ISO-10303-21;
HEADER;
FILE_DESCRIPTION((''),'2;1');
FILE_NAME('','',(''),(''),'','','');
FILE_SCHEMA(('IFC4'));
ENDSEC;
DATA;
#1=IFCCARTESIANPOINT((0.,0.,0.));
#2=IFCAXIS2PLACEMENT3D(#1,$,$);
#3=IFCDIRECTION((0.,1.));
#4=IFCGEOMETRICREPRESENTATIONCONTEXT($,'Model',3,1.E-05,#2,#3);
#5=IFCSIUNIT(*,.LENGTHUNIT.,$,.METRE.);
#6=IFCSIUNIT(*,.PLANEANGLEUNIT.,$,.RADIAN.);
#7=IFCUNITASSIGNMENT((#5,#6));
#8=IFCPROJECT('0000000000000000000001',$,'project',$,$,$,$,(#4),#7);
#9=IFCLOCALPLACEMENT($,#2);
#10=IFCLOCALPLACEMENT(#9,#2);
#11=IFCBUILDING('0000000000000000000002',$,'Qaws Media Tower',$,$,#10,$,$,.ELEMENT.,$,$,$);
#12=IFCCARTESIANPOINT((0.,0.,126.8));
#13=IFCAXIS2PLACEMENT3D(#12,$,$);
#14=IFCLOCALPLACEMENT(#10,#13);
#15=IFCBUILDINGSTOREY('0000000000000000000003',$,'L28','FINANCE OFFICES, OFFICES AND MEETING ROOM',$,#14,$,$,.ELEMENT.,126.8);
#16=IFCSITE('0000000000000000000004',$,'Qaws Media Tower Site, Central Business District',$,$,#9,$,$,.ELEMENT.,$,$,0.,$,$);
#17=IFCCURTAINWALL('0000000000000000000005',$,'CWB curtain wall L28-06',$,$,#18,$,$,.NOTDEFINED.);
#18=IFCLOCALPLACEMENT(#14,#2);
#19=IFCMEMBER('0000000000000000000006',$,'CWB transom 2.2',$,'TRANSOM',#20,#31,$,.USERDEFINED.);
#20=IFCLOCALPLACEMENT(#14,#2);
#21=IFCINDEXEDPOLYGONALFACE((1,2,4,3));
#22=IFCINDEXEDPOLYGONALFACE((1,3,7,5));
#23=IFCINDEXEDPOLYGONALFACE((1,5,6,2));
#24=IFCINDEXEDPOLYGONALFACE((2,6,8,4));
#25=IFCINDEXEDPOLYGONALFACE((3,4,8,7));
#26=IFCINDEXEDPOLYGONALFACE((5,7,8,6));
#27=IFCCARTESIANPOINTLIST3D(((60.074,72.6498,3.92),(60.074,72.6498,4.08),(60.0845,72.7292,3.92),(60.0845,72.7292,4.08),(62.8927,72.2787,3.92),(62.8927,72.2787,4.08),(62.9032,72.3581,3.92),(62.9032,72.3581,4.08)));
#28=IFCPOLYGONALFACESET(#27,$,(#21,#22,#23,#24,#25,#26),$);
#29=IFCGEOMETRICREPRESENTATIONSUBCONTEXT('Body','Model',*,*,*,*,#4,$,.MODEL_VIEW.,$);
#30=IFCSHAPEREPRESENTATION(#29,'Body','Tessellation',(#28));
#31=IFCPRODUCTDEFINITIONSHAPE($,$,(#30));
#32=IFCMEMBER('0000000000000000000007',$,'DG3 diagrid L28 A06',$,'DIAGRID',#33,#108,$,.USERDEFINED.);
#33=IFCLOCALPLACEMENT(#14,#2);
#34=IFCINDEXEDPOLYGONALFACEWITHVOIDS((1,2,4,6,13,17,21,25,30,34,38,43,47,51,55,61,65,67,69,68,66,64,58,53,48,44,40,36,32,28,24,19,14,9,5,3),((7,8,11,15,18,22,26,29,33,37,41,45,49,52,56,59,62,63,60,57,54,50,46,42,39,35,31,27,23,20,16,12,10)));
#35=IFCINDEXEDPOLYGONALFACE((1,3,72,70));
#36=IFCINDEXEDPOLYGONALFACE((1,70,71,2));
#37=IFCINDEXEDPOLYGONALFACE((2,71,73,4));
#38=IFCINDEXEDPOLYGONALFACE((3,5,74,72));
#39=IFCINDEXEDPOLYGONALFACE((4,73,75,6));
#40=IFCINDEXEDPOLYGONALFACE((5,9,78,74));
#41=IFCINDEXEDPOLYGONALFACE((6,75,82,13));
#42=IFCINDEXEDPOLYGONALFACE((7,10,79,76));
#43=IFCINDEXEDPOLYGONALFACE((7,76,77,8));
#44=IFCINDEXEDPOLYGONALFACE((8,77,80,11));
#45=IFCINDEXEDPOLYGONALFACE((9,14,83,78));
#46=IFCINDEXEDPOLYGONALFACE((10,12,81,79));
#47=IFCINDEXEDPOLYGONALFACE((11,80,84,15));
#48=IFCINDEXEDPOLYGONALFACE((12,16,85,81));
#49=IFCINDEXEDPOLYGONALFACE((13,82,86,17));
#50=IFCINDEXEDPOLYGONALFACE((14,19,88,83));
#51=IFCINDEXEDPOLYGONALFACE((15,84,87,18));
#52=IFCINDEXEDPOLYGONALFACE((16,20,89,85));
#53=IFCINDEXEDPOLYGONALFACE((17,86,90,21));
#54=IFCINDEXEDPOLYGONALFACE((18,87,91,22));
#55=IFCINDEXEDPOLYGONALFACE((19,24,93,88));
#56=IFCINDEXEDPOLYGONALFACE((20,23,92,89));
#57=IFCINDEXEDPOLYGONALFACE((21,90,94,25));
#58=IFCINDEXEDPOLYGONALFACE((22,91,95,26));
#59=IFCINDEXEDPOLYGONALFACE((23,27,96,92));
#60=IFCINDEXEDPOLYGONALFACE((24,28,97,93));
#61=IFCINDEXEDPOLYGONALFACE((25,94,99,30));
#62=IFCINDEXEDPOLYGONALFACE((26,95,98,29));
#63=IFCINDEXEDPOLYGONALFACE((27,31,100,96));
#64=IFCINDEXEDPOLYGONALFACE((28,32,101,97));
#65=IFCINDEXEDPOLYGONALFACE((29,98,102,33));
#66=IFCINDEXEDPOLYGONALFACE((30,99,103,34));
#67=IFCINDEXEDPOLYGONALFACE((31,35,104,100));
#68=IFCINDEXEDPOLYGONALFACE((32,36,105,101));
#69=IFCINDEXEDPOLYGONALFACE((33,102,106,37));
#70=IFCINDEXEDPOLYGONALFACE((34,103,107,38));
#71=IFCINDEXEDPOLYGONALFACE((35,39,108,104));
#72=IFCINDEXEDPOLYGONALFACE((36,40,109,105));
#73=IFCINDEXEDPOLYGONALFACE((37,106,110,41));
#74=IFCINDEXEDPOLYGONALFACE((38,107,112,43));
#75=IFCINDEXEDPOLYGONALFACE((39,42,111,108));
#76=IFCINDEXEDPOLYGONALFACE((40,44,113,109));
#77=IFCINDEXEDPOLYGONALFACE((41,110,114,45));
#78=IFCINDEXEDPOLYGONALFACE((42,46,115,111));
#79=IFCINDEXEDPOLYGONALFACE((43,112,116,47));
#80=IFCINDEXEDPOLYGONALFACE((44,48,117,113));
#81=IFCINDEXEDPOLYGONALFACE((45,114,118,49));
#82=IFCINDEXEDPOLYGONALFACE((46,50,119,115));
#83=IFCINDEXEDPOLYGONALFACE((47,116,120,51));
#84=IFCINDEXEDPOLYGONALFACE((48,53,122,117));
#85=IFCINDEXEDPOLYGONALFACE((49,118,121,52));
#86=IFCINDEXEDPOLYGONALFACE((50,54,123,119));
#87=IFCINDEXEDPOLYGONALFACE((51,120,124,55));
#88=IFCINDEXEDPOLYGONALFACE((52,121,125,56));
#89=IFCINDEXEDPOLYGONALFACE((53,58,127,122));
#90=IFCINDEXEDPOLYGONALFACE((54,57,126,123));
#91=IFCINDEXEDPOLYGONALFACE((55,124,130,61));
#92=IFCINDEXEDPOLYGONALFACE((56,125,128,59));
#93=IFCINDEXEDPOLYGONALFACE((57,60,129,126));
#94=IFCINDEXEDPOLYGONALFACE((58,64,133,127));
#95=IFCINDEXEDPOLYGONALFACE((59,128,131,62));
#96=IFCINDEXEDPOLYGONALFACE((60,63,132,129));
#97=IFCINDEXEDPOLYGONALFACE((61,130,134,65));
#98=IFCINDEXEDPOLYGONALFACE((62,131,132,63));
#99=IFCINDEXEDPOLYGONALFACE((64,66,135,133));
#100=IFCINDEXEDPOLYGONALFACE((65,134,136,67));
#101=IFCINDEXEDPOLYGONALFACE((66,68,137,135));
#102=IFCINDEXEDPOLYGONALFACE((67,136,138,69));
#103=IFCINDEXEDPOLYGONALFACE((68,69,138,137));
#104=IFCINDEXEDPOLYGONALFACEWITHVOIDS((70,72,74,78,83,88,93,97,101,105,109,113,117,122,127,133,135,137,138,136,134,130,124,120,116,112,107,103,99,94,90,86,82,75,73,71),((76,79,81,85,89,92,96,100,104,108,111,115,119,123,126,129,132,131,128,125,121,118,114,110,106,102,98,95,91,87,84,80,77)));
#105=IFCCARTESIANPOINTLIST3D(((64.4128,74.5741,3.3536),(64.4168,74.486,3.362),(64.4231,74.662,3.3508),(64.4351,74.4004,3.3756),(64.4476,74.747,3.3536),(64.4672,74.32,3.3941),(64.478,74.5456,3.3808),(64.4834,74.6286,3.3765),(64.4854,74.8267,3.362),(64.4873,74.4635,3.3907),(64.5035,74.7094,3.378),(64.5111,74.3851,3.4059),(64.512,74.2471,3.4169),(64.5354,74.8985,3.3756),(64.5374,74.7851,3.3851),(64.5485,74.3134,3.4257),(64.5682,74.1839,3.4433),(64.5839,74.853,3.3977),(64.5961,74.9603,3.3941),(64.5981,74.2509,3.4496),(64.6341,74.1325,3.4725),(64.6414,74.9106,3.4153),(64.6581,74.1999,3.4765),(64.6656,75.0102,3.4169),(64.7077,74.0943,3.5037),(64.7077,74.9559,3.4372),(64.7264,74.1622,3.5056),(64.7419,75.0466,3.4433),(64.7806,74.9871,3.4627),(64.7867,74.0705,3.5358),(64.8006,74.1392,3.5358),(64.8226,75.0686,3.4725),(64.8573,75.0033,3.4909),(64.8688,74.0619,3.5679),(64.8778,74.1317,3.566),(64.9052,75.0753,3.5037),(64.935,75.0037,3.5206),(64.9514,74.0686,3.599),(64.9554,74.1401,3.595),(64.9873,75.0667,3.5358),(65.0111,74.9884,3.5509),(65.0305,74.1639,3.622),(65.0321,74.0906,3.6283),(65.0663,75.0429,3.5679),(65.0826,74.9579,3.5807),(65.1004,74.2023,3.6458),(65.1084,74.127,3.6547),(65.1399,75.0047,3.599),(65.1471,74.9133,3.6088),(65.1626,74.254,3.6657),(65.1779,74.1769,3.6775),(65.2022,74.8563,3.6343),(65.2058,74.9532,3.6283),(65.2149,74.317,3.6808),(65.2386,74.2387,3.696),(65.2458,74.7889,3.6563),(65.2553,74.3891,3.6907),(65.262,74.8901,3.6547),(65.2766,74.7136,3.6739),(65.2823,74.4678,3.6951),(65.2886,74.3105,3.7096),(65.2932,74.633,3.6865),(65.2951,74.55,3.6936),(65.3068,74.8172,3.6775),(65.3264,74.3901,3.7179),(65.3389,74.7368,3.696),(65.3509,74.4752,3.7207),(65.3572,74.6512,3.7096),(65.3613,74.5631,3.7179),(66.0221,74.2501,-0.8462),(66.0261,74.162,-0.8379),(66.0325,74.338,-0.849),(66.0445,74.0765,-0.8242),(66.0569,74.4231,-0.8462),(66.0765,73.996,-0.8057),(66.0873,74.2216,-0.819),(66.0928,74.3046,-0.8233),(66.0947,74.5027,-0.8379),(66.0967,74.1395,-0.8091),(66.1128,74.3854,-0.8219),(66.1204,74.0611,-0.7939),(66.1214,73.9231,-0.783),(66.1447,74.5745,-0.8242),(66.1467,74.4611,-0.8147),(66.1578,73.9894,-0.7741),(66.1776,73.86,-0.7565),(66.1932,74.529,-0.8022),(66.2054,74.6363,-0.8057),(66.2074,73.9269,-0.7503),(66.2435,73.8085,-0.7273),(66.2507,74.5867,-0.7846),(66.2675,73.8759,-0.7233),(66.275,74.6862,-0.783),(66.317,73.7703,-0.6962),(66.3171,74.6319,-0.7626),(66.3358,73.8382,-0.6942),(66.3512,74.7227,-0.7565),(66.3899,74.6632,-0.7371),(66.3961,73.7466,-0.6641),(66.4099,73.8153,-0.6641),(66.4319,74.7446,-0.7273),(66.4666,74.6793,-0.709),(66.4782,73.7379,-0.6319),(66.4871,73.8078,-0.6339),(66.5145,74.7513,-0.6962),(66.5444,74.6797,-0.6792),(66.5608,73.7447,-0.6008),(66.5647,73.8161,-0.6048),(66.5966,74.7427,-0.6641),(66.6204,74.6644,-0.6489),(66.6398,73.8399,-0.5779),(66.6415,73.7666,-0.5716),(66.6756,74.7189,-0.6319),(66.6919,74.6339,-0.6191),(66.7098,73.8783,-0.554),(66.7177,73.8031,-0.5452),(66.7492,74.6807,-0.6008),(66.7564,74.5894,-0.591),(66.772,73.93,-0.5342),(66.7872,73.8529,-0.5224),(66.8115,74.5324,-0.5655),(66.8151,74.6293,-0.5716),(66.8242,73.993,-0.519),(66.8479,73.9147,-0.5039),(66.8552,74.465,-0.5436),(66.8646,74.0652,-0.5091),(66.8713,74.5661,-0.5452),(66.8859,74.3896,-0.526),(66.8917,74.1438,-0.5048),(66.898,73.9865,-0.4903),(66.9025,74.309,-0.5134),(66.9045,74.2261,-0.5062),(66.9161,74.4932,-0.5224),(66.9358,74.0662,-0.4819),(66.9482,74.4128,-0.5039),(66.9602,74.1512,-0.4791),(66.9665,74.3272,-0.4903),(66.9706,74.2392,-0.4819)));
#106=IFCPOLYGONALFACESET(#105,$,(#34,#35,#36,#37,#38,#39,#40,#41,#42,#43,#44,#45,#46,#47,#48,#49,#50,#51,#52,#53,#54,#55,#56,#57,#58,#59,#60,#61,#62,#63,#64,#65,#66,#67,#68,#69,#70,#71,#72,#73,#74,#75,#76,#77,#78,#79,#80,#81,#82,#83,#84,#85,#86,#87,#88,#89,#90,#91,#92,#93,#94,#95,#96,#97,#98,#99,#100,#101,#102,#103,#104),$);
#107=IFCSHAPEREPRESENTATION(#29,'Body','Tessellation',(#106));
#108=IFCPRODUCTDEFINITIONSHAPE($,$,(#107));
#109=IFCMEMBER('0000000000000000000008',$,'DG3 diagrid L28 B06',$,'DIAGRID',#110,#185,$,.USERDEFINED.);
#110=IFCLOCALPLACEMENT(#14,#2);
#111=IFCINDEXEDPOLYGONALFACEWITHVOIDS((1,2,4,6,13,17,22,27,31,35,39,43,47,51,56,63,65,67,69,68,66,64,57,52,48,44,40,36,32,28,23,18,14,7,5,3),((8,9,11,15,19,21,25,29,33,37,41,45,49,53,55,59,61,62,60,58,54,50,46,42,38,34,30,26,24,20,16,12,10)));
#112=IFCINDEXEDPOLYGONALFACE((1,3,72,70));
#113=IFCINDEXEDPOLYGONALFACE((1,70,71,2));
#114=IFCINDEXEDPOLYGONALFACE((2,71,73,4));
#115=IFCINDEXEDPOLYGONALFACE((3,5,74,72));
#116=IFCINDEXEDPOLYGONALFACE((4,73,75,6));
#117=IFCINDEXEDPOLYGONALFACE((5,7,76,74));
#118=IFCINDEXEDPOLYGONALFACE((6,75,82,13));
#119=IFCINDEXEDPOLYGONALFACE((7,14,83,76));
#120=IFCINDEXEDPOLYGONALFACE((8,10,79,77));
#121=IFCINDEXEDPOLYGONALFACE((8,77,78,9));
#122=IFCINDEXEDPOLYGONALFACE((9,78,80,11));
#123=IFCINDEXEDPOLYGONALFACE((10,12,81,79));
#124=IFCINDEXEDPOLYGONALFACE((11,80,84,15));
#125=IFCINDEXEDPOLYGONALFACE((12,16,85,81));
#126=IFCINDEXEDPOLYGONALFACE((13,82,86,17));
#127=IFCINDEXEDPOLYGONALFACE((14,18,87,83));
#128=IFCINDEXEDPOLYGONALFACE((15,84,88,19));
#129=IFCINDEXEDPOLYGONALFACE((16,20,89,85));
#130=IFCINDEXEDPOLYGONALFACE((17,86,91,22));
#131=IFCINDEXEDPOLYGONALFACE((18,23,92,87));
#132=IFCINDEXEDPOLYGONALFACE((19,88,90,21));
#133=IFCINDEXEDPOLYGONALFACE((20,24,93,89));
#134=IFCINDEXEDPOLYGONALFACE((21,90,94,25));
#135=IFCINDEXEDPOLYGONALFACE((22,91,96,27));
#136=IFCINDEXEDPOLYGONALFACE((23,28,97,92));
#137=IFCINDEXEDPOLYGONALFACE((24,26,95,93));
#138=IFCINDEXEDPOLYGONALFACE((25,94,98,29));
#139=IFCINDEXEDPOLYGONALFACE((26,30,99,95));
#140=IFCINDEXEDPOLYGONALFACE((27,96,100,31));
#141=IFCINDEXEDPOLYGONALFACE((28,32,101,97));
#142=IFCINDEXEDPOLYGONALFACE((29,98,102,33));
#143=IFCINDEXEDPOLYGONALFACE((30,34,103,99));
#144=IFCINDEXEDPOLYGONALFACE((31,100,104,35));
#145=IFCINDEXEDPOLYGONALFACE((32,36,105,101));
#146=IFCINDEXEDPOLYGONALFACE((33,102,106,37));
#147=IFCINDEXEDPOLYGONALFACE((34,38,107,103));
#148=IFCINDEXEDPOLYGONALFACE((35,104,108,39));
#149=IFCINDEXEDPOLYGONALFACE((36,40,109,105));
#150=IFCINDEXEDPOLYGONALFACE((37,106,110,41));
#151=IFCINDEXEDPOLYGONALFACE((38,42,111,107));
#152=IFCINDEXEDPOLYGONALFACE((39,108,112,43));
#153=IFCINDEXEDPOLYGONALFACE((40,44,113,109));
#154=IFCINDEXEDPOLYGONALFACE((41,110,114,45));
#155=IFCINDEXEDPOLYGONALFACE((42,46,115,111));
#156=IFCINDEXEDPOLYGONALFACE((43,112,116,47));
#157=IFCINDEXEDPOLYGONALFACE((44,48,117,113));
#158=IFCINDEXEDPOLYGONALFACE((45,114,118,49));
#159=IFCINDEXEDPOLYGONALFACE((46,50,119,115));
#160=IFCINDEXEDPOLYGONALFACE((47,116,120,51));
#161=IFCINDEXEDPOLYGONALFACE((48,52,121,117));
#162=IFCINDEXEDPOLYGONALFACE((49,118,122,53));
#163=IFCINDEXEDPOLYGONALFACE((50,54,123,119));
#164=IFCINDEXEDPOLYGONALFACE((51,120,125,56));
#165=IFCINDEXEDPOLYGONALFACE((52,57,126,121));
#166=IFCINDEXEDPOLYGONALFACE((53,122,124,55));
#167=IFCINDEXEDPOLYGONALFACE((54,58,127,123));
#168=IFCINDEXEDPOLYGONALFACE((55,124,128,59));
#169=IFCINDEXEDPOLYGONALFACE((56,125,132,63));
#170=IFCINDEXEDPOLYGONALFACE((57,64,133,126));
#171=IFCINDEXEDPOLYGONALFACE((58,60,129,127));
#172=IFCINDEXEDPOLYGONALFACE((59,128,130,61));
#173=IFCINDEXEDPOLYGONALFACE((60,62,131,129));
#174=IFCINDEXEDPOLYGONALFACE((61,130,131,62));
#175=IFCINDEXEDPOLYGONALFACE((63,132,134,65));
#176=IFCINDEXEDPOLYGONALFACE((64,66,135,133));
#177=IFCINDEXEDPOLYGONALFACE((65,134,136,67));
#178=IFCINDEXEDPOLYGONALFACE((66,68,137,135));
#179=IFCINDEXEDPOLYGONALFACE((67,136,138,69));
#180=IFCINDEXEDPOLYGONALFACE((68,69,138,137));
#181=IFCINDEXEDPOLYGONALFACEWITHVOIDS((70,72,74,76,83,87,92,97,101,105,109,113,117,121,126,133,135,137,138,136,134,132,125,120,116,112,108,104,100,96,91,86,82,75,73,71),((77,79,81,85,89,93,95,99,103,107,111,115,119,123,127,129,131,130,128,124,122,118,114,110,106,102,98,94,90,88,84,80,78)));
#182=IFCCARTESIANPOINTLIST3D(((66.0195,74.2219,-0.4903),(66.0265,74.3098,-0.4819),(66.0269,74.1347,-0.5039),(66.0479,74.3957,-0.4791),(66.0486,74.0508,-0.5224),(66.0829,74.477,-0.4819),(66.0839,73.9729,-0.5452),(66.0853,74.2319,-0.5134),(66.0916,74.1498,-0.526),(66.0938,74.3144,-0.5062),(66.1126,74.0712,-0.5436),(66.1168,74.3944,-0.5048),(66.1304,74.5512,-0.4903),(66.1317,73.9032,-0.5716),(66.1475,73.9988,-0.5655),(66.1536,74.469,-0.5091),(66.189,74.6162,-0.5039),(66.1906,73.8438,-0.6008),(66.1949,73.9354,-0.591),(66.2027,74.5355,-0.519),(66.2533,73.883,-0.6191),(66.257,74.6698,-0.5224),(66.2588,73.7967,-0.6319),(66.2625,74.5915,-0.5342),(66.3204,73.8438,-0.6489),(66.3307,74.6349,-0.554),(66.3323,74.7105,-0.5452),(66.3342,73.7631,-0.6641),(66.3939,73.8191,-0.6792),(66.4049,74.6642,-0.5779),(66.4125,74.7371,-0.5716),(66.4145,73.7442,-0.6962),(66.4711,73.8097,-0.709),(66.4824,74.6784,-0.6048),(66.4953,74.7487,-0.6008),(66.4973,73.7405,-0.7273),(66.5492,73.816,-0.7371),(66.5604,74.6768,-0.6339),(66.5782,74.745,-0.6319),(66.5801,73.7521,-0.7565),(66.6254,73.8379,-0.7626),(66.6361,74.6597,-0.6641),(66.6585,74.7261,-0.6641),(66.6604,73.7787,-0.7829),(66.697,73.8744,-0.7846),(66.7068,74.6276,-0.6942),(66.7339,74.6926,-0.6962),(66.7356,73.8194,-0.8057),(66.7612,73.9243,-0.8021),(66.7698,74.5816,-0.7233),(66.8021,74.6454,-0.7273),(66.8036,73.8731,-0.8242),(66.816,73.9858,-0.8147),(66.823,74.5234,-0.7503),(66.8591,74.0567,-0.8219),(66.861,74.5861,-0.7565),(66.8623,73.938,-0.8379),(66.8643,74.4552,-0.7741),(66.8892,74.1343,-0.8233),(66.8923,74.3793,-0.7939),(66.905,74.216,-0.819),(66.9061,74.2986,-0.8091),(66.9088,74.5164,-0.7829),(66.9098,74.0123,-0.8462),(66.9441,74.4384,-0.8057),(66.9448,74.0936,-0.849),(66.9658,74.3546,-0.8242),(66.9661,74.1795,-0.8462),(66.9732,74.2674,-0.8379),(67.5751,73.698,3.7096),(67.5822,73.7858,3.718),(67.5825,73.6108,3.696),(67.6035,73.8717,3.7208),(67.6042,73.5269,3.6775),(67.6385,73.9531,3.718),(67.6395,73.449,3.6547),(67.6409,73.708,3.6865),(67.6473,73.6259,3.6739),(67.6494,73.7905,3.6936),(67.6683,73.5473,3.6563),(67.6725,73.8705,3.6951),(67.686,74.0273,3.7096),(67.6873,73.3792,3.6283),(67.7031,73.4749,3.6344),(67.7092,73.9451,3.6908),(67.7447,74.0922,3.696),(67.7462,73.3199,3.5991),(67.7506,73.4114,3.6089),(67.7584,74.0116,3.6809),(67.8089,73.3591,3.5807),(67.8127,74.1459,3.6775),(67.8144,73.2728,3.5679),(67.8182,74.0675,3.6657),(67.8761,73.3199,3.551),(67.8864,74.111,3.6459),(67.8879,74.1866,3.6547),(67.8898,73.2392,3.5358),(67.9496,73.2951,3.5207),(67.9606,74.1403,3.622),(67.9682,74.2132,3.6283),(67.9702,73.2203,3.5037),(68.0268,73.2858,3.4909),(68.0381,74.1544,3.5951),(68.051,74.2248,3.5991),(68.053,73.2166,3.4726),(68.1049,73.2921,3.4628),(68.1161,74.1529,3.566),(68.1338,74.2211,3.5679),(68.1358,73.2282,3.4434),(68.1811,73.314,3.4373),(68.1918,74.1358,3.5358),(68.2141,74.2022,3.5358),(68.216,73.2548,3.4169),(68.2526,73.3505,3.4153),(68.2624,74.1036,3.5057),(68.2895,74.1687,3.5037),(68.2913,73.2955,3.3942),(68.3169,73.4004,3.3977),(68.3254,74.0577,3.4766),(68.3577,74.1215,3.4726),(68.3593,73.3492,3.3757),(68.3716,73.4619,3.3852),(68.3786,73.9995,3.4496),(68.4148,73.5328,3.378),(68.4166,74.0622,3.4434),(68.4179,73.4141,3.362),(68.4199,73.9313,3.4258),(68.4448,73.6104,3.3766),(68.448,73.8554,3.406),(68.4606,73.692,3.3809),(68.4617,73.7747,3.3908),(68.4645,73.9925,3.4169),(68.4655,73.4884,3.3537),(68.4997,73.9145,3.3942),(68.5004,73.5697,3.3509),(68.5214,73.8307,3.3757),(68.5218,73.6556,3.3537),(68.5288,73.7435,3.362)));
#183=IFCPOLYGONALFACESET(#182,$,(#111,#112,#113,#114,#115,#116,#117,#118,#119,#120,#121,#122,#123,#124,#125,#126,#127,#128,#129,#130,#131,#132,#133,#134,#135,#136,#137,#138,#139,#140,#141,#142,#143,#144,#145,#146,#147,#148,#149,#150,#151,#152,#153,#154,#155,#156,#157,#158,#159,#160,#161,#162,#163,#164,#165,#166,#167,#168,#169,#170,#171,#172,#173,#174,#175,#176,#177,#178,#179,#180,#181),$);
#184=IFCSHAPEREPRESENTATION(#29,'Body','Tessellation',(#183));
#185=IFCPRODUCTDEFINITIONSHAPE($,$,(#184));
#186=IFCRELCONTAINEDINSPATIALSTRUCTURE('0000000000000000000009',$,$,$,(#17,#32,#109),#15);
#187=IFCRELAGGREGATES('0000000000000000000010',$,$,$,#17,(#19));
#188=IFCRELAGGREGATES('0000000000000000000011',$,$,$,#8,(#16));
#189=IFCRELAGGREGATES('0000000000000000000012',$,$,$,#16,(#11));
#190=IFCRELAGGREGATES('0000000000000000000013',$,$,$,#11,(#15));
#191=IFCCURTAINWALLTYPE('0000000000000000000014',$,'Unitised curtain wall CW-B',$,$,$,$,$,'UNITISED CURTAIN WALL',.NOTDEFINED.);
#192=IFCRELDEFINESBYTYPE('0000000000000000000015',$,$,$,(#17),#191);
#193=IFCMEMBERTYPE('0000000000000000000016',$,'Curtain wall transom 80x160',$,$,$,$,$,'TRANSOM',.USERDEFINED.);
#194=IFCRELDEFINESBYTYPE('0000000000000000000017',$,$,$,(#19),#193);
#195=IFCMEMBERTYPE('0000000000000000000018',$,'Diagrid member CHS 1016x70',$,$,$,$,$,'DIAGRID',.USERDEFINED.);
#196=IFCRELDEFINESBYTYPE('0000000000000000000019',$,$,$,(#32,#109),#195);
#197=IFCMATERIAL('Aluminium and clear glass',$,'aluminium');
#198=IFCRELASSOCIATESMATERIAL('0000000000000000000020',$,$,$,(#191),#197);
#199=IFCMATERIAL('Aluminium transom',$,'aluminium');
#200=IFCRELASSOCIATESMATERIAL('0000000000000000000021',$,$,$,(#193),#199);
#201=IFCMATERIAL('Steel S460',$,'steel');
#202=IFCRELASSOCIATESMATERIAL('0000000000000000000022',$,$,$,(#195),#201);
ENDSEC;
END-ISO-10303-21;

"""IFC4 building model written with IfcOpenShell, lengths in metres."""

from ifc_helpers import new_model, si_unit, direction, frame, origin, origin_2d, place, context, subcontext, project, spatial, rectangle, hollow_circle, extrude, material, material_profile, profile_set, type_object, element, aggregate, save


model = new_model("IFC4")

# Units and contexts
model_context = context("Model", 3, precision=1e-05, world=origin(), true_north=direction((0.0, 1.0)))
body_context = subcontext(model_context, "Body", "Model", "MODEL_VIEW")
ifc_project = project(units=[si_unit("LENGTHUNIT", "METRE"), si_unit("PLANEANGLEUNIT", "RADIAN")], contexts=[model_context])

# Site, building, storey
site_placement = place(None, origin())
site = spatial("IfcSite", under=ifc_project, at=site_placement, Name="Qaws Media Tower Site, Central Business District", CompositionType="ELEMENT", RefElevation=0.0)
building_placement = place(site_placement, origin())
building = spatial("IfcBuilding", under=site, at=building_placement, Name="Qaws Media Tower", CompositionType="ELEMENT")
storey_placement = place(building_placement, frame((0.0, 0.0, 126.8)))
storey = spatial("IfcBuildingStorey", under=building, at=storey_placement, Name="L28", Description="FINANCE OFFICES, OFFICES AND MEETING ROOM", CompositionType="ELEMENT", Elevation=126.8)

# Shared definitions
ifc_material_1 = material(Name="Aluminium and clear glass", Category="aluminium")
curtain_wall_type = type_object("IfcCurtainWallType", Name="Unitised curtain wall CW-B", ElementType="UNITISED CURTAIN WALL", PredefinedType="NOTDEFINED", material=ifc_material_1)

# Curtain wall
curtain_wall_1_placement = place(storey_placement, origin())
curtain_wall_1 = element("IfcCurtainWall", 1, at=curtain_wall_1_placement, inside=storey, type_object=curtain_wall_type, Name="CWB curtain wall L28-06", PredefinedType="NOTDEFINED")

# Member
ifc_material_2 = material(Name="Aluminium transom", Category="aluminium")
ifc_material_profile_1 = material_profile(ifc_material_2, rectangle(XDim=0.0801, YDim=0.1599, at=origin_2d()), Name="80x160")
ifc_profile_set_1 = profile_set([ifc_material_profile_1], Name="Aluminium transom")
member_type_1 = type_object("IfcMemberType", Name="Curtain wall transom 80x160", ElementType="TRANSOM", PredefinedType="USERDEFINED", material=ifc_profile_set_1)
member_1_placement = place(storey_placement, frame((62.8979, 72.3184, 4.0), z_axis=(-0.991444, 0.130532, 0.0), x_axis=(-0.130532, -0.991444, 0.0)))
member_1 = element("IfcMember", 2, at=member_1_placement, type_object=member_type_1, Name="CWB transom 2.2", ObjectType="TRANSOM", PredefinedType="USERDEFINED", context=body_context, shape_type="SweptSolid", body=[
    extrude(rectangle(XDim=0.0801, YDim=0.1599, at=origin_2d()), origin(), (0.0, 0.0, 1.0), 2.843),
])

# Members
ifc_material_3 = material(Name="Steel S460", Category="steel")
ifc_material_profile_2 = material_profile(ifc_material_3, hollow_circle(Radius=0.5081, WallThickness=0.0701, at=origin_2d()), Name="CHS 1016x70")
ifc_profile_set_2 = profile_set([ifc_material_profile_2], Name="Steel S460")
member_type_2 = type_object("IfcMemberType", Name="Diagrid member CHS 1016x70", ElementType="DIAGRID", PredefinedType="USERDEFINED", material=ifc_profile_set_2)
for number, where, z_axis, x_axis, name in (
    (3, (66.4963, 74.2446, -0.6641), (-0.356894, 0.071844, 0.931378), (-0.197346, -0.980334, 0.0), "DG3 diagrid L28 A06"),
    (4, (66.4963, 74.2446, -0.6641), (0.344987, -0.116187, 0.931389), (0.319171, 0.947697, 0.0), "DG3 diagrid L28 B06"),
):
    element("IfcMember", number, at=place(storey_placement, frame(where, z_axis=z_axis, x_axis=x_axis)), inside=storey, type_object=member_type_2, Name=name, ObjectType="DIAGRID", PredefinedType="USERDEFINED", context=body_context, shape_type="SweptSolid", body=[
        extrude(hollow_circle(Radius=0.5081, WallThickness=0.0701, at=origin_2d()), origin(), (0.0, 0.0, 1.0), 4.5093),
    ])

aggregate(curtain_wall_1, [member_1])

save(model, "model.ifc")
